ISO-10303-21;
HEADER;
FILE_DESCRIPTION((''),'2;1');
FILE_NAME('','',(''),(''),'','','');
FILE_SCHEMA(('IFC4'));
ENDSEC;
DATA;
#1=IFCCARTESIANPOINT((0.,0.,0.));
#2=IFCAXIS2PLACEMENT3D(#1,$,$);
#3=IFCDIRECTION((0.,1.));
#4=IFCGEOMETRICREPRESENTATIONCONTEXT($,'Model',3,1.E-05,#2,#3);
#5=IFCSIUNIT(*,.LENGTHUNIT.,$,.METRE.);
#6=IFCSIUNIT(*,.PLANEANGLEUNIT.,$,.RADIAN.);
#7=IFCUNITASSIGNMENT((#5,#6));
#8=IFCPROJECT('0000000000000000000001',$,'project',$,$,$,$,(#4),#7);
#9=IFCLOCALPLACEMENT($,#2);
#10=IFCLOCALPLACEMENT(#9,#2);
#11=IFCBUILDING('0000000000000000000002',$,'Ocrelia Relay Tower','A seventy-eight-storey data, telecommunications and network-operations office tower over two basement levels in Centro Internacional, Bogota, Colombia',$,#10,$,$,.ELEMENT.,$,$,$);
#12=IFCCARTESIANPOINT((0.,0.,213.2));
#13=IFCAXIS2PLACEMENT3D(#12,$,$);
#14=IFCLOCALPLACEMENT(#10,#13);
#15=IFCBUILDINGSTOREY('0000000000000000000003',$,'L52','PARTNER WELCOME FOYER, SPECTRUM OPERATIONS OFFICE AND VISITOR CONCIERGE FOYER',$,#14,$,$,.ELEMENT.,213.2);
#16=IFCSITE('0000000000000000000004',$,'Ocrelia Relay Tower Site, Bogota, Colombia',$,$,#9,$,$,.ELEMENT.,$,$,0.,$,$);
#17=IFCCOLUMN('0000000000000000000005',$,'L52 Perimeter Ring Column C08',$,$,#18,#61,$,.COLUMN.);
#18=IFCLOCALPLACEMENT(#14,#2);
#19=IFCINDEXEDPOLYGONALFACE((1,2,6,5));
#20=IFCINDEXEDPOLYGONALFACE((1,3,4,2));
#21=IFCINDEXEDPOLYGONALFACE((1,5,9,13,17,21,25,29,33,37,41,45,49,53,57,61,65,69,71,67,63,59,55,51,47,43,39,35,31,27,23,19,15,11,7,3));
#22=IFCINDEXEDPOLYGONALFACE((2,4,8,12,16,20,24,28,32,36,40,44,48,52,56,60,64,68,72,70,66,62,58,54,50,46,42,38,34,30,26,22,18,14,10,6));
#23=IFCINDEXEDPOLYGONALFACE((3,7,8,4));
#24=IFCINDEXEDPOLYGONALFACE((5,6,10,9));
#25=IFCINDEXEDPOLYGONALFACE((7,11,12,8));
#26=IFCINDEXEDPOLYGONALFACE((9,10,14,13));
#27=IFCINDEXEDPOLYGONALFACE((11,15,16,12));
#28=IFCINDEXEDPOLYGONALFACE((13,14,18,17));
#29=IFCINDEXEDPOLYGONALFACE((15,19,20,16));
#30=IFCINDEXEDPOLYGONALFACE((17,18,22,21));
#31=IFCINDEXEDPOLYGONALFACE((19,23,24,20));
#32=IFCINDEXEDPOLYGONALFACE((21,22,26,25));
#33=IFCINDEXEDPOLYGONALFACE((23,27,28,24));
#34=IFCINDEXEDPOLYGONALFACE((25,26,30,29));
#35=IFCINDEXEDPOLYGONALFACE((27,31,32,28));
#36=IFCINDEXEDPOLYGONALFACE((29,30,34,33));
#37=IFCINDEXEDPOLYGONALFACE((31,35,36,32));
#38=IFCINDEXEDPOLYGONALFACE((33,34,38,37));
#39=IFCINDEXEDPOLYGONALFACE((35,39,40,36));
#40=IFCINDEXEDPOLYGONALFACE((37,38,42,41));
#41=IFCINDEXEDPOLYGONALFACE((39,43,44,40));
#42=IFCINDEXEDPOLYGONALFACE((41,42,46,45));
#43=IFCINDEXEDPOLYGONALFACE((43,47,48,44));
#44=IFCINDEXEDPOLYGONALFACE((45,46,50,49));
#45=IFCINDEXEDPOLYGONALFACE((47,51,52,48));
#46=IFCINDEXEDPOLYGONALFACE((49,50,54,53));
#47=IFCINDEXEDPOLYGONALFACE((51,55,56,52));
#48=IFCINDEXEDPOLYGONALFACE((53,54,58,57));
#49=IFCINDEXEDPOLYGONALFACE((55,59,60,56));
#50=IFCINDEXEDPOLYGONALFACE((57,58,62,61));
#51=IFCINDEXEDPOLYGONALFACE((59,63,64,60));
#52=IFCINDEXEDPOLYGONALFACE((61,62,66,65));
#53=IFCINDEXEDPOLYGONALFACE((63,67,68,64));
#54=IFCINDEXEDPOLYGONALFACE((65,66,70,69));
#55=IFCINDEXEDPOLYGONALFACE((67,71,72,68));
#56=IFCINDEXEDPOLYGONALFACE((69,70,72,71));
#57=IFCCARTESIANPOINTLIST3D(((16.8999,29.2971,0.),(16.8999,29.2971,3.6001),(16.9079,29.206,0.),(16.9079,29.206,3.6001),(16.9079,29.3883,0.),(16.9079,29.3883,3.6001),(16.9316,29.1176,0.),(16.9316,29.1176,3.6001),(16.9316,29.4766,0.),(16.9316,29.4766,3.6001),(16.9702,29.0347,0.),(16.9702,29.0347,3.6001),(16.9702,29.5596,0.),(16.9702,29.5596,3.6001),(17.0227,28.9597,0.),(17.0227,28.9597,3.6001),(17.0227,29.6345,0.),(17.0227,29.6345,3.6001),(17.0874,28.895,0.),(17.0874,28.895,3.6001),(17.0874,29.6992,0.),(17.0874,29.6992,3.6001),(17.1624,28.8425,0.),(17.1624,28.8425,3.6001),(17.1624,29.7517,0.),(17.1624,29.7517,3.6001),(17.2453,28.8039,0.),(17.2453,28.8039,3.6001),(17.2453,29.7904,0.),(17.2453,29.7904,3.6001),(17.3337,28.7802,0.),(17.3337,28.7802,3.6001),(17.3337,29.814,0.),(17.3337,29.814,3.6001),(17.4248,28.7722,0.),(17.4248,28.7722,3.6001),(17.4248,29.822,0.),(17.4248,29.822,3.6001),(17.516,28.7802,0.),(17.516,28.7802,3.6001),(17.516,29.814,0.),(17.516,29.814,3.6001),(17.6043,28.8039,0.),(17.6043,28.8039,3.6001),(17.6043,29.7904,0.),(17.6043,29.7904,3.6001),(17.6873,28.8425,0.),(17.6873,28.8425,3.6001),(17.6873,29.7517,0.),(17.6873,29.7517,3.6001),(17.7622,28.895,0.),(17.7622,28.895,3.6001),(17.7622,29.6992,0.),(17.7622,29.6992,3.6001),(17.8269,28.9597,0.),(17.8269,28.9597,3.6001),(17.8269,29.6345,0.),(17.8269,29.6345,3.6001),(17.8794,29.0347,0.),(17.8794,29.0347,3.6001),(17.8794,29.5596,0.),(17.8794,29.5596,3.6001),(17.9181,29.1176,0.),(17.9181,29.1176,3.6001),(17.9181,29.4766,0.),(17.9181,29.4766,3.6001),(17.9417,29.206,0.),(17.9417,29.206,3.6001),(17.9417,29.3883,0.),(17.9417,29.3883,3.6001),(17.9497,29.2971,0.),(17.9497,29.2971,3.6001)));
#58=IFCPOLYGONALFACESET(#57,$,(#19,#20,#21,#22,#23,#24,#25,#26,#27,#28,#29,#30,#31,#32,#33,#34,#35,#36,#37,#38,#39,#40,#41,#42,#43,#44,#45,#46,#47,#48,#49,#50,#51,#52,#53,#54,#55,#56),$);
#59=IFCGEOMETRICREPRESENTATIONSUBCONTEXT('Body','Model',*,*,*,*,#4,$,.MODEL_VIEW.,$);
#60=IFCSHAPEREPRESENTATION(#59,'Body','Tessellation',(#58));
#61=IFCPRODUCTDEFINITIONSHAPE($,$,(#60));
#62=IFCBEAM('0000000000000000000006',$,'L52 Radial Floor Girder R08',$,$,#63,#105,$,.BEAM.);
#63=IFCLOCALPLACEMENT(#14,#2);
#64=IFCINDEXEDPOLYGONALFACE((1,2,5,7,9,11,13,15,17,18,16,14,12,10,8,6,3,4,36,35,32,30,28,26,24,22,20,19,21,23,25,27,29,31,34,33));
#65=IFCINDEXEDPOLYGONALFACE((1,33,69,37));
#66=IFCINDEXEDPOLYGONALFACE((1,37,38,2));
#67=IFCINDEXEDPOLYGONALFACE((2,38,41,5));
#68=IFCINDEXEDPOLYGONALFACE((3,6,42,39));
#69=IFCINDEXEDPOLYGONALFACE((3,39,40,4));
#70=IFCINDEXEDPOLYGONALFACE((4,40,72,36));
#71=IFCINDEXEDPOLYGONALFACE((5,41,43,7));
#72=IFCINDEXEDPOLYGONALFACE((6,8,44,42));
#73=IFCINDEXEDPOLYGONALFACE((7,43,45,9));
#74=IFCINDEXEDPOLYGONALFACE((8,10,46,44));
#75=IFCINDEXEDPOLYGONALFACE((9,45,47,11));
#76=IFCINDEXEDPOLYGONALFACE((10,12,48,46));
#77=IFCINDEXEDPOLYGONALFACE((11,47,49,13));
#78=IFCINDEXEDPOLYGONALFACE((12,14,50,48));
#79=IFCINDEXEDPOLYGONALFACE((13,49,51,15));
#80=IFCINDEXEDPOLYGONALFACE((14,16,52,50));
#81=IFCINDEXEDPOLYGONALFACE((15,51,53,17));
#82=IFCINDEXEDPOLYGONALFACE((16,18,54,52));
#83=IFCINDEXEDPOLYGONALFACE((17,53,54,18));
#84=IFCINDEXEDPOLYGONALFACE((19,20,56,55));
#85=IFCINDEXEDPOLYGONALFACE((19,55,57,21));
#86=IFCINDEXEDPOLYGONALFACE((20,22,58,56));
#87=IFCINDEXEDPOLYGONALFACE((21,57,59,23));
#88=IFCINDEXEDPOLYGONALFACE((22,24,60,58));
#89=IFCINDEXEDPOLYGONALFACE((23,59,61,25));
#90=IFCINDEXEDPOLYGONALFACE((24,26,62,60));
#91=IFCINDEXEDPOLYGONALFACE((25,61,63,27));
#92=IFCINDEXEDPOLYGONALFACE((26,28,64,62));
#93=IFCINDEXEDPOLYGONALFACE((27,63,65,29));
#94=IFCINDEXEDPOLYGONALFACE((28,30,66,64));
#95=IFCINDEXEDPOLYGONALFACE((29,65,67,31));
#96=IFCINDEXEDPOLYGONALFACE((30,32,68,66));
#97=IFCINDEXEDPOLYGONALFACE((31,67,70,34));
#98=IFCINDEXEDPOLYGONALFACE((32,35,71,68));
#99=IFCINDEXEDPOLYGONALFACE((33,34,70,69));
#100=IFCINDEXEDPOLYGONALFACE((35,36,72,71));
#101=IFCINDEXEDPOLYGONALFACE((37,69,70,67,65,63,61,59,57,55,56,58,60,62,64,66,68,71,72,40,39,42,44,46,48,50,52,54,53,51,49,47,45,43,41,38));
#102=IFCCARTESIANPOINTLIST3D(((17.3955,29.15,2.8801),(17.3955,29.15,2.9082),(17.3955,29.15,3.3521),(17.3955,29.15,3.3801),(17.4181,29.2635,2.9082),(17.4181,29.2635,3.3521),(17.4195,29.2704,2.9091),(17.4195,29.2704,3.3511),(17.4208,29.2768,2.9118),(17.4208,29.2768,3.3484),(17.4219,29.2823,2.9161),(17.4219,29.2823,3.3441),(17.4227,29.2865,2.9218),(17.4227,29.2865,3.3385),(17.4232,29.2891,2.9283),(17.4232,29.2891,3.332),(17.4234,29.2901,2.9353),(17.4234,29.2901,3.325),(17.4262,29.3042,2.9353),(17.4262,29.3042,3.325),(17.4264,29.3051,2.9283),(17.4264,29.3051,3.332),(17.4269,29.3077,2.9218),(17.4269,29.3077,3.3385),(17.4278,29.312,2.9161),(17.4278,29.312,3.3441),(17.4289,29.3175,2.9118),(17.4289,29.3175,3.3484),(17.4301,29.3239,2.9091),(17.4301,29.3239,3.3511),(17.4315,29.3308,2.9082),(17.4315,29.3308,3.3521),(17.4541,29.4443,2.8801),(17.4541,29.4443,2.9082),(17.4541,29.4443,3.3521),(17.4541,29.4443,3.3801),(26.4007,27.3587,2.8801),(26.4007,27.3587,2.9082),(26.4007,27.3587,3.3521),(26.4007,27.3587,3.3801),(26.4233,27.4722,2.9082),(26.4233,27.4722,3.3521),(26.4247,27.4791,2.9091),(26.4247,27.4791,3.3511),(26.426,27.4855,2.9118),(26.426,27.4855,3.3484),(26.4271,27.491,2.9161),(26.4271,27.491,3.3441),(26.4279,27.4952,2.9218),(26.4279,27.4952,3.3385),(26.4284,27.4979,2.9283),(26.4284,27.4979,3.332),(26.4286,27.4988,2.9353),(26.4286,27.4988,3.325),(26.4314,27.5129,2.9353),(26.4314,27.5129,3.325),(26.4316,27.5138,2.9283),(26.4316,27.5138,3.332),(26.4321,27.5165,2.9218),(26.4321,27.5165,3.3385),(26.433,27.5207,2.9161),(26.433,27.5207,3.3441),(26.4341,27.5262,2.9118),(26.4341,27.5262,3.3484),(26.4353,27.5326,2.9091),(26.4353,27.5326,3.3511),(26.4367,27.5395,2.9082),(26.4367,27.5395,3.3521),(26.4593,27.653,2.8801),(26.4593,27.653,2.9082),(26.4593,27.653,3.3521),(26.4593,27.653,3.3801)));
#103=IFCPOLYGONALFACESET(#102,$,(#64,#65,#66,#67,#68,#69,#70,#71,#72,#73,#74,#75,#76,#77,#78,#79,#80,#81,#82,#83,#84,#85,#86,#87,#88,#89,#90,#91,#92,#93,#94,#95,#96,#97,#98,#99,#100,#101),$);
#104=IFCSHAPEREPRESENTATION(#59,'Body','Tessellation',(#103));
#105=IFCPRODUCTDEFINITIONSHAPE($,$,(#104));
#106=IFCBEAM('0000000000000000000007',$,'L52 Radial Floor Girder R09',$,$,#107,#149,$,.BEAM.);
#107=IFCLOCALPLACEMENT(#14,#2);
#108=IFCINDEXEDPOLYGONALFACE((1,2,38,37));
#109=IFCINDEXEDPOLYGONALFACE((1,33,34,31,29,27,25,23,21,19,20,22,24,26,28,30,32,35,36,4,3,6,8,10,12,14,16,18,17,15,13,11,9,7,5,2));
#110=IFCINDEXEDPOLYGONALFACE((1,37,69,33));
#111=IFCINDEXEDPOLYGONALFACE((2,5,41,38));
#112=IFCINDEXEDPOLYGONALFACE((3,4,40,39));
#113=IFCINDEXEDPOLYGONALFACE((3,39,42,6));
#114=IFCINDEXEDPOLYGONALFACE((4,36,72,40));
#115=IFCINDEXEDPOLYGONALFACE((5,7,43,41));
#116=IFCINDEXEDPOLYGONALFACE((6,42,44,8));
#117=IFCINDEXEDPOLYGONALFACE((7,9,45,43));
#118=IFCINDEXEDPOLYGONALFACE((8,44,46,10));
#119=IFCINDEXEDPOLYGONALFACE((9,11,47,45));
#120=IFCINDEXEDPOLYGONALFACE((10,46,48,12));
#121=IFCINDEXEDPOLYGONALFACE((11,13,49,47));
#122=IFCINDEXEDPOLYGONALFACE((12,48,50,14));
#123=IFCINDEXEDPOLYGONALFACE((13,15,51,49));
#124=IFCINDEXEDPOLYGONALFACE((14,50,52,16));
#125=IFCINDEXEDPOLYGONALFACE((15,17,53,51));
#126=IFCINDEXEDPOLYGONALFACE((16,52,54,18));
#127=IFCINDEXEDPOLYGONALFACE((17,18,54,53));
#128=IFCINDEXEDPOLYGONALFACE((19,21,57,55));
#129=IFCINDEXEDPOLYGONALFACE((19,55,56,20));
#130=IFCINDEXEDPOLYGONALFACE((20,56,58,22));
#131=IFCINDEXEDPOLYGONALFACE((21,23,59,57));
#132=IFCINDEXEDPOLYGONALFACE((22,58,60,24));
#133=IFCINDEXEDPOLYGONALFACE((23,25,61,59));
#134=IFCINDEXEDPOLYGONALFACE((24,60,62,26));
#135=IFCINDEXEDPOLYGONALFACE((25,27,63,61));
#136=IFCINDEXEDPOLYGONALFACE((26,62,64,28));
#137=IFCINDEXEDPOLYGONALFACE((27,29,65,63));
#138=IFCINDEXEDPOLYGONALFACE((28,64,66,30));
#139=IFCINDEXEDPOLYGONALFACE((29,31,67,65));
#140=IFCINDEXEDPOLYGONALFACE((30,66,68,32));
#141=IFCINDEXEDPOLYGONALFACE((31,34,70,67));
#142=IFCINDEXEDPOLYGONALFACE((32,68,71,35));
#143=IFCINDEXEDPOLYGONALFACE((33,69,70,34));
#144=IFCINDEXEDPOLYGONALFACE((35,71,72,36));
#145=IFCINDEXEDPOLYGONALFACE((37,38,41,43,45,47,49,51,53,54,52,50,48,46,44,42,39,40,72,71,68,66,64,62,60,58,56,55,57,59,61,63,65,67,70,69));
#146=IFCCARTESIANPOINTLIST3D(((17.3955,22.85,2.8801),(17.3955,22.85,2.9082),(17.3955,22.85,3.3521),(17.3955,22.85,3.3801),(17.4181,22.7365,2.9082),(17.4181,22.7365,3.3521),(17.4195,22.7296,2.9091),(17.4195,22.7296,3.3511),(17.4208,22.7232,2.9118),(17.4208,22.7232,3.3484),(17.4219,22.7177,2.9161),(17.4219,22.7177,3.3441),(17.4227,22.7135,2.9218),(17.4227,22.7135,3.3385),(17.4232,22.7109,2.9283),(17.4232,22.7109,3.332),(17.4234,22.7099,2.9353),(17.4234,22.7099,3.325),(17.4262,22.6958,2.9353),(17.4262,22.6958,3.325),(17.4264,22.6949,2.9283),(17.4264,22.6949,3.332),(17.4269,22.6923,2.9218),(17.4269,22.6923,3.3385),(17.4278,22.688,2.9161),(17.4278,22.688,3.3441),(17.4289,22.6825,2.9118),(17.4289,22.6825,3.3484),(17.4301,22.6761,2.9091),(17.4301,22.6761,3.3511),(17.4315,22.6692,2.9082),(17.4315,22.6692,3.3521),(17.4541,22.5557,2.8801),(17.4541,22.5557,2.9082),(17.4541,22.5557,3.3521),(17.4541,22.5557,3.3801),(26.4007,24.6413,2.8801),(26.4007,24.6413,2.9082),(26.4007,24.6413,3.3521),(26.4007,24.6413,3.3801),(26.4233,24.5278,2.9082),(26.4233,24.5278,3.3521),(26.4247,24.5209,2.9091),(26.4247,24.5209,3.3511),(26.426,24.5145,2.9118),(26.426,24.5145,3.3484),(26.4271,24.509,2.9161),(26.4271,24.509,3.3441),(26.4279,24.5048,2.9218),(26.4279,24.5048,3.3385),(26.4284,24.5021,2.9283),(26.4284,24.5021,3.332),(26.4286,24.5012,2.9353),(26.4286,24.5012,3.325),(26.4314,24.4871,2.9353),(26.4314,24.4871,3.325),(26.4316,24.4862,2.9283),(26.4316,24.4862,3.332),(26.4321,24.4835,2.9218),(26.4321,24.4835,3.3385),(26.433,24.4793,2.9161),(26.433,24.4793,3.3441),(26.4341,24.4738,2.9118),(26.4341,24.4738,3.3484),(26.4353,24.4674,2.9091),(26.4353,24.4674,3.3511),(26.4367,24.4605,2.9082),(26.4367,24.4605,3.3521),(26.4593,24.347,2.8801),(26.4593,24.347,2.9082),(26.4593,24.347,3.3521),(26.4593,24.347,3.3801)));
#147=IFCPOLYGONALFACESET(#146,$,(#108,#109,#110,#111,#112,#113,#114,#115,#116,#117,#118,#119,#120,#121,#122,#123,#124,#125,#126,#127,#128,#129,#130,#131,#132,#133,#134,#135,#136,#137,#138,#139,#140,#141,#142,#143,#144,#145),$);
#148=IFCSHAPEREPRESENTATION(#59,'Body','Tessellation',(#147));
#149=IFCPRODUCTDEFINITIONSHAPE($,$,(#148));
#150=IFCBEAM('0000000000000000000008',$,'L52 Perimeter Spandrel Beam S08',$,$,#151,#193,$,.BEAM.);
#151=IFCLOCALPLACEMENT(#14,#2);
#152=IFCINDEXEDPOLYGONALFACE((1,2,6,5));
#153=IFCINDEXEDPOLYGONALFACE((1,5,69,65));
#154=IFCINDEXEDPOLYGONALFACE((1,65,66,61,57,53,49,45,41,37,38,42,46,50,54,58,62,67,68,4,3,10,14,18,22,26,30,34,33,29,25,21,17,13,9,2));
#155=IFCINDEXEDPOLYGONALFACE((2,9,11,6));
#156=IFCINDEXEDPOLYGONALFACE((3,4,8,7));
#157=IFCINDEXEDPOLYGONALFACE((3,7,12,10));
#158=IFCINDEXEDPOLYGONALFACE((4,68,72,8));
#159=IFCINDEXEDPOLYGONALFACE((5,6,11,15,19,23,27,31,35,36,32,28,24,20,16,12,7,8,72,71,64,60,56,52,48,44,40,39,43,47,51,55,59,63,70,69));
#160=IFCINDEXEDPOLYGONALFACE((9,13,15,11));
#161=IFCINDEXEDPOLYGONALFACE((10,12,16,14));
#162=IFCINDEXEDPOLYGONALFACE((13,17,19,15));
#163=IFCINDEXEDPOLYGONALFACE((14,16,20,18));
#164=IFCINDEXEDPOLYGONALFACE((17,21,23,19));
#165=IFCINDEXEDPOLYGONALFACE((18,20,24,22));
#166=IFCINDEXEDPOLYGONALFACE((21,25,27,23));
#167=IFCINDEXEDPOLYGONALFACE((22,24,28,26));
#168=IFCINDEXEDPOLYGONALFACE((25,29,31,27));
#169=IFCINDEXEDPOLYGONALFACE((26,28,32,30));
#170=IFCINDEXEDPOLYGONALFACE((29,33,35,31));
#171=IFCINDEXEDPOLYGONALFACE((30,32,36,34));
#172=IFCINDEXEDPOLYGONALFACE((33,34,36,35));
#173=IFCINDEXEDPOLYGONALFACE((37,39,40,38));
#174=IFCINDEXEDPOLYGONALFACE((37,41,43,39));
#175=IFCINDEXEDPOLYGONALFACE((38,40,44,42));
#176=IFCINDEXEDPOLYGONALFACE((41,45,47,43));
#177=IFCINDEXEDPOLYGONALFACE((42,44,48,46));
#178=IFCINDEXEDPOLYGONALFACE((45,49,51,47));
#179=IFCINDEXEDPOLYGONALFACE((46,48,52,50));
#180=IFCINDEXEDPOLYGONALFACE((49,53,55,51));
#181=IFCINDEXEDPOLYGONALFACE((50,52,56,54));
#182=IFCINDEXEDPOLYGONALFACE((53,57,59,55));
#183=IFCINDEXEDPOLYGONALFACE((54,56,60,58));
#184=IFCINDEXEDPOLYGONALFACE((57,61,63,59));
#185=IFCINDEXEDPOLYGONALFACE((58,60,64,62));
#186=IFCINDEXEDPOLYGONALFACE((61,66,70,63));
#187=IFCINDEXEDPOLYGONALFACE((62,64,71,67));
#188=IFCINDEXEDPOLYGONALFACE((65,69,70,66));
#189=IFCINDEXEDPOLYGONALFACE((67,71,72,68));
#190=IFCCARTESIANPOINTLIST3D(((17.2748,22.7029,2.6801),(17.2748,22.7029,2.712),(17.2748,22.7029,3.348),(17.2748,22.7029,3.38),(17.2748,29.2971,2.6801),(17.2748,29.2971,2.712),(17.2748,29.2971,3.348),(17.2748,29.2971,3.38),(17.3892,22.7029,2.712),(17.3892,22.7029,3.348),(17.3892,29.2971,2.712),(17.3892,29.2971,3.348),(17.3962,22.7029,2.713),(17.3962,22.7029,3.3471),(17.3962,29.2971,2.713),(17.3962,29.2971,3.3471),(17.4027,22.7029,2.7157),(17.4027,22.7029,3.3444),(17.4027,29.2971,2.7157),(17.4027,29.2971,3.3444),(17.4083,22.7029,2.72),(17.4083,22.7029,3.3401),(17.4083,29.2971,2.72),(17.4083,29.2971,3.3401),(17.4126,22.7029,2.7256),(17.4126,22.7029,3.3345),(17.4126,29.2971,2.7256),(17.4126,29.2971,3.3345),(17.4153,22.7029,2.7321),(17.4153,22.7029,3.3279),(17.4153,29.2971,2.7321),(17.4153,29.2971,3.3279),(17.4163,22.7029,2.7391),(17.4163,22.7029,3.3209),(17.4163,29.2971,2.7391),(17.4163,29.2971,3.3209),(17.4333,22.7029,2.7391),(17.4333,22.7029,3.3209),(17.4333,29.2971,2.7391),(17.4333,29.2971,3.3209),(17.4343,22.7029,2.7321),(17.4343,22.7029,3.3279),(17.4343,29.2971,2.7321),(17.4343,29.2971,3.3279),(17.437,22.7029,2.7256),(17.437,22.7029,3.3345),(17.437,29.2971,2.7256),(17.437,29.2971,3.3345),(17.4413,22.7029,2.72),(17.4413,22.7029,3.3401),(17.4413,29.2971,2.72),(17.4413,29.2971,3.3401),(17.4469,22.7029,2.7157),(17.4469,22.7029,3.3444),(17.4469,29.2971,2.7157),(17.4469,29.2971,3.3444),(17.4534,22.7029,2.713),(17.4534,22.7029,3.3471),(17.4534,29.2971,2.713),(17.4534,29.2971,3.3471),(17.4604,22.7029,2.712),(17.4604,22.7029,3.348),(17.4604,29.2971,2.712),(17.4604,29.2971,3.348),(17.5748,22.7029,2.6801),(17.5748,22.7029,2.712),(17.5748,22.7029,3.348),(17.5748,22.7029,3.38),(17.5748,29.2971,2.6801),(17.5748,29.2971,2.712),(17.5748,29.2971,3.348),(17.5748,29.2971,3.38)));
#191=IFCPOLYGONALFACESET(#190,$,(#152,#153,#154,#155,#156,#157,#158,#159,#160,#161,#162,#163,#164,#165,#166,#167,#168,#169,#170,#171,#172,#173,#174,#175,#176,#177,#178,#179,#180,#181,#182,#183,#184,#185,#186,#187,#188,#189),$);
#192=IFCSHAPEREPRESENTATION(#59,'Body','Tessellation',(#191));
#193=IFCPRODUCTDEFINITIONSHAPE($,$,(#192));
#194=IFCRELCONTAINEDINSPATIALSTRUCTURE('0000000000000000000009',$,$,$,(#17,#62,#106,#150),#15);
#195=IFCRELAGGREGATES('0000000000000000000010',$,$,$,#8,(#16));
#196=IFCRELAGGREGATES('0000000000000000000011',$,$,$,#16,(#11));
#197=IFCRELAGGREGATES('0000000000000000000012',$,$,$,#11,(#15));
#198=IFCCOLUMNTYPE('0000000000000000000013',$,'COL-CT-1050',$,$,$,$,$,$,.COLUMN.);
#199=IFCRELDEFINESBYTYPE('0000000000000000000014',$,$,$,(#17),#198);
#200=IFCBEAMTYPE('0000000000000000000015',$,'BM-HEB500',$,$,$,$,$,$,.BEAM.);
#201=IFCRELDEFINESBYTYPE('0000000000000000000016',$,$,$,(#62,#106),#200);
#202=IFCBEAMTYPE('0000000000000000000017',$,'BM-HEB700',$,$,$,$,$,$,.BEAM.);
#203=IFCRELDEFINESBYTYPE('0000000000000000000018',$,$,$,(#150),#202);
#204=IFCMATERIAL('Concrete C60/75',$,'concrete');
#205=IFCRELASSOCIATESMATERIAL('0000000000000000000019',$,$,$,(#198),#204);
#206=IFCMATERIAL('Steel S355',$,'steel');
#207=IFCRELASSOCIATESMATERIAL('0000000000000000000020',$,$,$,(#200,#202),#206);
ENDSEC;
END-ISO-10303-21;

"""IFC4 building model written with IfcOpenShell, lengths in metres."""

from ifc_helpers import new_model, si_unit, direction, frame, origin, origin_2d, place, context, subcontext, project, spatial, circle, i_section, extrude, material, material_profile, profile_set, type_object, element, save


model = new_model("IFC4")

# Units and contexts
model_context = context("Model", 3, precision=1e-05, world=origin(), true_north=direction((0.0, 1.0)))
body_context = subcontext(model_context, "Body", "Model", "MODEL_VIEW")
ifc_project = project(units=[si_unit("LENGTHUNIT", "METRE"), si_unit("PLANEANGLEUNIT", "RADIAN")], contexts=[model_context])

# Site, building, storey
site_placement = place(None, origin())
site = spatial("IfcSite", under=ifc_project, at=site_placement, Name="Ocrelia Relay Tower Site, Bogota, Colombia", CompositionType="ELEMENT", RefElevation=0.0)
building_placement = place(site_placement, origin())
building = spatial("IfcBuilding", under=site, at=building_placement, Name="Ocrelia Relay Tower", Description="A seventy-eight-storey data, telecommunications and network-operations office tower over two basement levels in Centro Internacional, Bogota, Colombia", CompositionType="ELEMENT")
storey_placement = place(building_placement, frame((0.0, 0.0, 213.2)))
storey = spatial("IfcBuildingStorey", under=building, at=storey_placement, Name="L52", Description="PARTNER WELCOME FOYER, SPECTRUM OPERATIONS OFFICE AND VISITOR CONCIERGE FOYER", CompositionType="ELEMENT", Elevation=213.2)

# Column
ifc_material_1 = material(Name="Concrete C60/75", Category="concrete")
ifc_material_profile_1 = material_profile(ifc_material_1, circle(Radius=0.5249, at=origin_2d()), Name="RC-CIR-1050")
ifc_profile_set_1 = profile_set([ifc_material_profile_1], Name="Concrete C60/75")
column_type = type_object("IfcColumnType", Name="COL-CT-1050", PredefinedType="COLUMN", material=ifc_profile_set_1)
column_placement = place(storey_placement, frame((17.4248, 29.2971, 0.0), z_axis=(0.0, 0.0, 1.0), x_axis=(1.0, 0.0, 0.0)))
element("IfcColumn", 1, at=column_placement, inside=storey, type_object=column_type, Name="L52 Perimeter Ring Column C08", PredefinedType="COLUMN", context=body_context, shape_type="SweptSolid", body=[
    extrude(circle(Radius=0.5249, at=origin_2d()), origin(), (0.0, 0.0, 1.0), 3.6001),
])

# Beams
ifc_material_2 = material(Name="Steel S355", Category="steel")
ifc_material_profile_2 = material_profile(ifc_material_2, i_section(OverallWidth=0.3, OverallDepth=0.5, WebThickness=0.0144, FlangeThickness=0.0281, FilletRadius=0.0271, at=origin_2d()), Name="HEB 500")
ifc_profile_set_2 = profile_set([ifc_material_profile_2], Name="Steel S355")
beam_type_1 = type_object("IfcBeamType", Name="BM-HEB500", PredefinedType="BEAM", material=ifc_profile_set_2)
for number, where, z_axis, x_axis, name in (
    (2, (17.4248, 29.2971, 3.1301), (0.980785, -0.195093, 0.0), (0.195093, 0.980785, 0.0), "L52 Radial Floor Girder R08"),
    (3, (17.4248, 22.7029, 3.1301), (0.980785, 0.195093, 0.0), (-0.195093, 0.980785, 0.0), "L52 Radial Floor Girder R09"),
):
    element("IfcBeam", number, at=place(storey_placement, frame(where, z_axis=z_axis, x_axis=x_axis)), inside=storey, type_object=beam_type_1, Name=name, PredefinedType="BEAM", context=body_context, shape_type="SweptSolid", body=[
        extrude(i_section(OverallWidth=0.3, OverallDepth=0.5, WebThickness=0.0144, FlangeThickness=0.0281, FilletRadius=0.0271, at=origin_2d()), origin(), (0.0, 0.0, 1.0), 9.1816),
    ])
ifc_material_profile_3 = material_profile(ifc_material_2, i_section(OverallWidth=0.3, OverallDepth=0.7, WebThickness=0.0171, FlangeThickness=0.032, FilletRadius=0.0271, at=origin_2d()), Name="HEB 700")
ifc_profile_set_3 = profile_set([ifc_material_profile_3], Name="Steel S355")
beam_type_2 = type_object("IfcBeamType", Name="BM-HEB700", PredefinedType="BEAM", material=ifc_profile_set_3)
beam_1_placement = place(storey_placement, frame((17.4248, 29.2971, 3.03), z_axis=(0.0, -1.0, 0.0), x_axis=(1.0, 0.0, 0.0)))
element("IfcBeam", 4, at=beam_1_placement, inside=storey, type_object=beam_type_2, Name="L52 Perimeter Spandrel Beam S08", PredefinedType="BEAM", context=body_context, shape_type="SweptSolid", body=[
    extrude(i_section(OverallWidth=0.3, OverallDepth=0.7, WebThickness=0.0171, FlangeThickness=0.032, FilletRadius=0.0271, at=origin_2d()), origin(), (0.0, 0.0, 1.0), 6.5942),
])

save(model, "model.ifc")
